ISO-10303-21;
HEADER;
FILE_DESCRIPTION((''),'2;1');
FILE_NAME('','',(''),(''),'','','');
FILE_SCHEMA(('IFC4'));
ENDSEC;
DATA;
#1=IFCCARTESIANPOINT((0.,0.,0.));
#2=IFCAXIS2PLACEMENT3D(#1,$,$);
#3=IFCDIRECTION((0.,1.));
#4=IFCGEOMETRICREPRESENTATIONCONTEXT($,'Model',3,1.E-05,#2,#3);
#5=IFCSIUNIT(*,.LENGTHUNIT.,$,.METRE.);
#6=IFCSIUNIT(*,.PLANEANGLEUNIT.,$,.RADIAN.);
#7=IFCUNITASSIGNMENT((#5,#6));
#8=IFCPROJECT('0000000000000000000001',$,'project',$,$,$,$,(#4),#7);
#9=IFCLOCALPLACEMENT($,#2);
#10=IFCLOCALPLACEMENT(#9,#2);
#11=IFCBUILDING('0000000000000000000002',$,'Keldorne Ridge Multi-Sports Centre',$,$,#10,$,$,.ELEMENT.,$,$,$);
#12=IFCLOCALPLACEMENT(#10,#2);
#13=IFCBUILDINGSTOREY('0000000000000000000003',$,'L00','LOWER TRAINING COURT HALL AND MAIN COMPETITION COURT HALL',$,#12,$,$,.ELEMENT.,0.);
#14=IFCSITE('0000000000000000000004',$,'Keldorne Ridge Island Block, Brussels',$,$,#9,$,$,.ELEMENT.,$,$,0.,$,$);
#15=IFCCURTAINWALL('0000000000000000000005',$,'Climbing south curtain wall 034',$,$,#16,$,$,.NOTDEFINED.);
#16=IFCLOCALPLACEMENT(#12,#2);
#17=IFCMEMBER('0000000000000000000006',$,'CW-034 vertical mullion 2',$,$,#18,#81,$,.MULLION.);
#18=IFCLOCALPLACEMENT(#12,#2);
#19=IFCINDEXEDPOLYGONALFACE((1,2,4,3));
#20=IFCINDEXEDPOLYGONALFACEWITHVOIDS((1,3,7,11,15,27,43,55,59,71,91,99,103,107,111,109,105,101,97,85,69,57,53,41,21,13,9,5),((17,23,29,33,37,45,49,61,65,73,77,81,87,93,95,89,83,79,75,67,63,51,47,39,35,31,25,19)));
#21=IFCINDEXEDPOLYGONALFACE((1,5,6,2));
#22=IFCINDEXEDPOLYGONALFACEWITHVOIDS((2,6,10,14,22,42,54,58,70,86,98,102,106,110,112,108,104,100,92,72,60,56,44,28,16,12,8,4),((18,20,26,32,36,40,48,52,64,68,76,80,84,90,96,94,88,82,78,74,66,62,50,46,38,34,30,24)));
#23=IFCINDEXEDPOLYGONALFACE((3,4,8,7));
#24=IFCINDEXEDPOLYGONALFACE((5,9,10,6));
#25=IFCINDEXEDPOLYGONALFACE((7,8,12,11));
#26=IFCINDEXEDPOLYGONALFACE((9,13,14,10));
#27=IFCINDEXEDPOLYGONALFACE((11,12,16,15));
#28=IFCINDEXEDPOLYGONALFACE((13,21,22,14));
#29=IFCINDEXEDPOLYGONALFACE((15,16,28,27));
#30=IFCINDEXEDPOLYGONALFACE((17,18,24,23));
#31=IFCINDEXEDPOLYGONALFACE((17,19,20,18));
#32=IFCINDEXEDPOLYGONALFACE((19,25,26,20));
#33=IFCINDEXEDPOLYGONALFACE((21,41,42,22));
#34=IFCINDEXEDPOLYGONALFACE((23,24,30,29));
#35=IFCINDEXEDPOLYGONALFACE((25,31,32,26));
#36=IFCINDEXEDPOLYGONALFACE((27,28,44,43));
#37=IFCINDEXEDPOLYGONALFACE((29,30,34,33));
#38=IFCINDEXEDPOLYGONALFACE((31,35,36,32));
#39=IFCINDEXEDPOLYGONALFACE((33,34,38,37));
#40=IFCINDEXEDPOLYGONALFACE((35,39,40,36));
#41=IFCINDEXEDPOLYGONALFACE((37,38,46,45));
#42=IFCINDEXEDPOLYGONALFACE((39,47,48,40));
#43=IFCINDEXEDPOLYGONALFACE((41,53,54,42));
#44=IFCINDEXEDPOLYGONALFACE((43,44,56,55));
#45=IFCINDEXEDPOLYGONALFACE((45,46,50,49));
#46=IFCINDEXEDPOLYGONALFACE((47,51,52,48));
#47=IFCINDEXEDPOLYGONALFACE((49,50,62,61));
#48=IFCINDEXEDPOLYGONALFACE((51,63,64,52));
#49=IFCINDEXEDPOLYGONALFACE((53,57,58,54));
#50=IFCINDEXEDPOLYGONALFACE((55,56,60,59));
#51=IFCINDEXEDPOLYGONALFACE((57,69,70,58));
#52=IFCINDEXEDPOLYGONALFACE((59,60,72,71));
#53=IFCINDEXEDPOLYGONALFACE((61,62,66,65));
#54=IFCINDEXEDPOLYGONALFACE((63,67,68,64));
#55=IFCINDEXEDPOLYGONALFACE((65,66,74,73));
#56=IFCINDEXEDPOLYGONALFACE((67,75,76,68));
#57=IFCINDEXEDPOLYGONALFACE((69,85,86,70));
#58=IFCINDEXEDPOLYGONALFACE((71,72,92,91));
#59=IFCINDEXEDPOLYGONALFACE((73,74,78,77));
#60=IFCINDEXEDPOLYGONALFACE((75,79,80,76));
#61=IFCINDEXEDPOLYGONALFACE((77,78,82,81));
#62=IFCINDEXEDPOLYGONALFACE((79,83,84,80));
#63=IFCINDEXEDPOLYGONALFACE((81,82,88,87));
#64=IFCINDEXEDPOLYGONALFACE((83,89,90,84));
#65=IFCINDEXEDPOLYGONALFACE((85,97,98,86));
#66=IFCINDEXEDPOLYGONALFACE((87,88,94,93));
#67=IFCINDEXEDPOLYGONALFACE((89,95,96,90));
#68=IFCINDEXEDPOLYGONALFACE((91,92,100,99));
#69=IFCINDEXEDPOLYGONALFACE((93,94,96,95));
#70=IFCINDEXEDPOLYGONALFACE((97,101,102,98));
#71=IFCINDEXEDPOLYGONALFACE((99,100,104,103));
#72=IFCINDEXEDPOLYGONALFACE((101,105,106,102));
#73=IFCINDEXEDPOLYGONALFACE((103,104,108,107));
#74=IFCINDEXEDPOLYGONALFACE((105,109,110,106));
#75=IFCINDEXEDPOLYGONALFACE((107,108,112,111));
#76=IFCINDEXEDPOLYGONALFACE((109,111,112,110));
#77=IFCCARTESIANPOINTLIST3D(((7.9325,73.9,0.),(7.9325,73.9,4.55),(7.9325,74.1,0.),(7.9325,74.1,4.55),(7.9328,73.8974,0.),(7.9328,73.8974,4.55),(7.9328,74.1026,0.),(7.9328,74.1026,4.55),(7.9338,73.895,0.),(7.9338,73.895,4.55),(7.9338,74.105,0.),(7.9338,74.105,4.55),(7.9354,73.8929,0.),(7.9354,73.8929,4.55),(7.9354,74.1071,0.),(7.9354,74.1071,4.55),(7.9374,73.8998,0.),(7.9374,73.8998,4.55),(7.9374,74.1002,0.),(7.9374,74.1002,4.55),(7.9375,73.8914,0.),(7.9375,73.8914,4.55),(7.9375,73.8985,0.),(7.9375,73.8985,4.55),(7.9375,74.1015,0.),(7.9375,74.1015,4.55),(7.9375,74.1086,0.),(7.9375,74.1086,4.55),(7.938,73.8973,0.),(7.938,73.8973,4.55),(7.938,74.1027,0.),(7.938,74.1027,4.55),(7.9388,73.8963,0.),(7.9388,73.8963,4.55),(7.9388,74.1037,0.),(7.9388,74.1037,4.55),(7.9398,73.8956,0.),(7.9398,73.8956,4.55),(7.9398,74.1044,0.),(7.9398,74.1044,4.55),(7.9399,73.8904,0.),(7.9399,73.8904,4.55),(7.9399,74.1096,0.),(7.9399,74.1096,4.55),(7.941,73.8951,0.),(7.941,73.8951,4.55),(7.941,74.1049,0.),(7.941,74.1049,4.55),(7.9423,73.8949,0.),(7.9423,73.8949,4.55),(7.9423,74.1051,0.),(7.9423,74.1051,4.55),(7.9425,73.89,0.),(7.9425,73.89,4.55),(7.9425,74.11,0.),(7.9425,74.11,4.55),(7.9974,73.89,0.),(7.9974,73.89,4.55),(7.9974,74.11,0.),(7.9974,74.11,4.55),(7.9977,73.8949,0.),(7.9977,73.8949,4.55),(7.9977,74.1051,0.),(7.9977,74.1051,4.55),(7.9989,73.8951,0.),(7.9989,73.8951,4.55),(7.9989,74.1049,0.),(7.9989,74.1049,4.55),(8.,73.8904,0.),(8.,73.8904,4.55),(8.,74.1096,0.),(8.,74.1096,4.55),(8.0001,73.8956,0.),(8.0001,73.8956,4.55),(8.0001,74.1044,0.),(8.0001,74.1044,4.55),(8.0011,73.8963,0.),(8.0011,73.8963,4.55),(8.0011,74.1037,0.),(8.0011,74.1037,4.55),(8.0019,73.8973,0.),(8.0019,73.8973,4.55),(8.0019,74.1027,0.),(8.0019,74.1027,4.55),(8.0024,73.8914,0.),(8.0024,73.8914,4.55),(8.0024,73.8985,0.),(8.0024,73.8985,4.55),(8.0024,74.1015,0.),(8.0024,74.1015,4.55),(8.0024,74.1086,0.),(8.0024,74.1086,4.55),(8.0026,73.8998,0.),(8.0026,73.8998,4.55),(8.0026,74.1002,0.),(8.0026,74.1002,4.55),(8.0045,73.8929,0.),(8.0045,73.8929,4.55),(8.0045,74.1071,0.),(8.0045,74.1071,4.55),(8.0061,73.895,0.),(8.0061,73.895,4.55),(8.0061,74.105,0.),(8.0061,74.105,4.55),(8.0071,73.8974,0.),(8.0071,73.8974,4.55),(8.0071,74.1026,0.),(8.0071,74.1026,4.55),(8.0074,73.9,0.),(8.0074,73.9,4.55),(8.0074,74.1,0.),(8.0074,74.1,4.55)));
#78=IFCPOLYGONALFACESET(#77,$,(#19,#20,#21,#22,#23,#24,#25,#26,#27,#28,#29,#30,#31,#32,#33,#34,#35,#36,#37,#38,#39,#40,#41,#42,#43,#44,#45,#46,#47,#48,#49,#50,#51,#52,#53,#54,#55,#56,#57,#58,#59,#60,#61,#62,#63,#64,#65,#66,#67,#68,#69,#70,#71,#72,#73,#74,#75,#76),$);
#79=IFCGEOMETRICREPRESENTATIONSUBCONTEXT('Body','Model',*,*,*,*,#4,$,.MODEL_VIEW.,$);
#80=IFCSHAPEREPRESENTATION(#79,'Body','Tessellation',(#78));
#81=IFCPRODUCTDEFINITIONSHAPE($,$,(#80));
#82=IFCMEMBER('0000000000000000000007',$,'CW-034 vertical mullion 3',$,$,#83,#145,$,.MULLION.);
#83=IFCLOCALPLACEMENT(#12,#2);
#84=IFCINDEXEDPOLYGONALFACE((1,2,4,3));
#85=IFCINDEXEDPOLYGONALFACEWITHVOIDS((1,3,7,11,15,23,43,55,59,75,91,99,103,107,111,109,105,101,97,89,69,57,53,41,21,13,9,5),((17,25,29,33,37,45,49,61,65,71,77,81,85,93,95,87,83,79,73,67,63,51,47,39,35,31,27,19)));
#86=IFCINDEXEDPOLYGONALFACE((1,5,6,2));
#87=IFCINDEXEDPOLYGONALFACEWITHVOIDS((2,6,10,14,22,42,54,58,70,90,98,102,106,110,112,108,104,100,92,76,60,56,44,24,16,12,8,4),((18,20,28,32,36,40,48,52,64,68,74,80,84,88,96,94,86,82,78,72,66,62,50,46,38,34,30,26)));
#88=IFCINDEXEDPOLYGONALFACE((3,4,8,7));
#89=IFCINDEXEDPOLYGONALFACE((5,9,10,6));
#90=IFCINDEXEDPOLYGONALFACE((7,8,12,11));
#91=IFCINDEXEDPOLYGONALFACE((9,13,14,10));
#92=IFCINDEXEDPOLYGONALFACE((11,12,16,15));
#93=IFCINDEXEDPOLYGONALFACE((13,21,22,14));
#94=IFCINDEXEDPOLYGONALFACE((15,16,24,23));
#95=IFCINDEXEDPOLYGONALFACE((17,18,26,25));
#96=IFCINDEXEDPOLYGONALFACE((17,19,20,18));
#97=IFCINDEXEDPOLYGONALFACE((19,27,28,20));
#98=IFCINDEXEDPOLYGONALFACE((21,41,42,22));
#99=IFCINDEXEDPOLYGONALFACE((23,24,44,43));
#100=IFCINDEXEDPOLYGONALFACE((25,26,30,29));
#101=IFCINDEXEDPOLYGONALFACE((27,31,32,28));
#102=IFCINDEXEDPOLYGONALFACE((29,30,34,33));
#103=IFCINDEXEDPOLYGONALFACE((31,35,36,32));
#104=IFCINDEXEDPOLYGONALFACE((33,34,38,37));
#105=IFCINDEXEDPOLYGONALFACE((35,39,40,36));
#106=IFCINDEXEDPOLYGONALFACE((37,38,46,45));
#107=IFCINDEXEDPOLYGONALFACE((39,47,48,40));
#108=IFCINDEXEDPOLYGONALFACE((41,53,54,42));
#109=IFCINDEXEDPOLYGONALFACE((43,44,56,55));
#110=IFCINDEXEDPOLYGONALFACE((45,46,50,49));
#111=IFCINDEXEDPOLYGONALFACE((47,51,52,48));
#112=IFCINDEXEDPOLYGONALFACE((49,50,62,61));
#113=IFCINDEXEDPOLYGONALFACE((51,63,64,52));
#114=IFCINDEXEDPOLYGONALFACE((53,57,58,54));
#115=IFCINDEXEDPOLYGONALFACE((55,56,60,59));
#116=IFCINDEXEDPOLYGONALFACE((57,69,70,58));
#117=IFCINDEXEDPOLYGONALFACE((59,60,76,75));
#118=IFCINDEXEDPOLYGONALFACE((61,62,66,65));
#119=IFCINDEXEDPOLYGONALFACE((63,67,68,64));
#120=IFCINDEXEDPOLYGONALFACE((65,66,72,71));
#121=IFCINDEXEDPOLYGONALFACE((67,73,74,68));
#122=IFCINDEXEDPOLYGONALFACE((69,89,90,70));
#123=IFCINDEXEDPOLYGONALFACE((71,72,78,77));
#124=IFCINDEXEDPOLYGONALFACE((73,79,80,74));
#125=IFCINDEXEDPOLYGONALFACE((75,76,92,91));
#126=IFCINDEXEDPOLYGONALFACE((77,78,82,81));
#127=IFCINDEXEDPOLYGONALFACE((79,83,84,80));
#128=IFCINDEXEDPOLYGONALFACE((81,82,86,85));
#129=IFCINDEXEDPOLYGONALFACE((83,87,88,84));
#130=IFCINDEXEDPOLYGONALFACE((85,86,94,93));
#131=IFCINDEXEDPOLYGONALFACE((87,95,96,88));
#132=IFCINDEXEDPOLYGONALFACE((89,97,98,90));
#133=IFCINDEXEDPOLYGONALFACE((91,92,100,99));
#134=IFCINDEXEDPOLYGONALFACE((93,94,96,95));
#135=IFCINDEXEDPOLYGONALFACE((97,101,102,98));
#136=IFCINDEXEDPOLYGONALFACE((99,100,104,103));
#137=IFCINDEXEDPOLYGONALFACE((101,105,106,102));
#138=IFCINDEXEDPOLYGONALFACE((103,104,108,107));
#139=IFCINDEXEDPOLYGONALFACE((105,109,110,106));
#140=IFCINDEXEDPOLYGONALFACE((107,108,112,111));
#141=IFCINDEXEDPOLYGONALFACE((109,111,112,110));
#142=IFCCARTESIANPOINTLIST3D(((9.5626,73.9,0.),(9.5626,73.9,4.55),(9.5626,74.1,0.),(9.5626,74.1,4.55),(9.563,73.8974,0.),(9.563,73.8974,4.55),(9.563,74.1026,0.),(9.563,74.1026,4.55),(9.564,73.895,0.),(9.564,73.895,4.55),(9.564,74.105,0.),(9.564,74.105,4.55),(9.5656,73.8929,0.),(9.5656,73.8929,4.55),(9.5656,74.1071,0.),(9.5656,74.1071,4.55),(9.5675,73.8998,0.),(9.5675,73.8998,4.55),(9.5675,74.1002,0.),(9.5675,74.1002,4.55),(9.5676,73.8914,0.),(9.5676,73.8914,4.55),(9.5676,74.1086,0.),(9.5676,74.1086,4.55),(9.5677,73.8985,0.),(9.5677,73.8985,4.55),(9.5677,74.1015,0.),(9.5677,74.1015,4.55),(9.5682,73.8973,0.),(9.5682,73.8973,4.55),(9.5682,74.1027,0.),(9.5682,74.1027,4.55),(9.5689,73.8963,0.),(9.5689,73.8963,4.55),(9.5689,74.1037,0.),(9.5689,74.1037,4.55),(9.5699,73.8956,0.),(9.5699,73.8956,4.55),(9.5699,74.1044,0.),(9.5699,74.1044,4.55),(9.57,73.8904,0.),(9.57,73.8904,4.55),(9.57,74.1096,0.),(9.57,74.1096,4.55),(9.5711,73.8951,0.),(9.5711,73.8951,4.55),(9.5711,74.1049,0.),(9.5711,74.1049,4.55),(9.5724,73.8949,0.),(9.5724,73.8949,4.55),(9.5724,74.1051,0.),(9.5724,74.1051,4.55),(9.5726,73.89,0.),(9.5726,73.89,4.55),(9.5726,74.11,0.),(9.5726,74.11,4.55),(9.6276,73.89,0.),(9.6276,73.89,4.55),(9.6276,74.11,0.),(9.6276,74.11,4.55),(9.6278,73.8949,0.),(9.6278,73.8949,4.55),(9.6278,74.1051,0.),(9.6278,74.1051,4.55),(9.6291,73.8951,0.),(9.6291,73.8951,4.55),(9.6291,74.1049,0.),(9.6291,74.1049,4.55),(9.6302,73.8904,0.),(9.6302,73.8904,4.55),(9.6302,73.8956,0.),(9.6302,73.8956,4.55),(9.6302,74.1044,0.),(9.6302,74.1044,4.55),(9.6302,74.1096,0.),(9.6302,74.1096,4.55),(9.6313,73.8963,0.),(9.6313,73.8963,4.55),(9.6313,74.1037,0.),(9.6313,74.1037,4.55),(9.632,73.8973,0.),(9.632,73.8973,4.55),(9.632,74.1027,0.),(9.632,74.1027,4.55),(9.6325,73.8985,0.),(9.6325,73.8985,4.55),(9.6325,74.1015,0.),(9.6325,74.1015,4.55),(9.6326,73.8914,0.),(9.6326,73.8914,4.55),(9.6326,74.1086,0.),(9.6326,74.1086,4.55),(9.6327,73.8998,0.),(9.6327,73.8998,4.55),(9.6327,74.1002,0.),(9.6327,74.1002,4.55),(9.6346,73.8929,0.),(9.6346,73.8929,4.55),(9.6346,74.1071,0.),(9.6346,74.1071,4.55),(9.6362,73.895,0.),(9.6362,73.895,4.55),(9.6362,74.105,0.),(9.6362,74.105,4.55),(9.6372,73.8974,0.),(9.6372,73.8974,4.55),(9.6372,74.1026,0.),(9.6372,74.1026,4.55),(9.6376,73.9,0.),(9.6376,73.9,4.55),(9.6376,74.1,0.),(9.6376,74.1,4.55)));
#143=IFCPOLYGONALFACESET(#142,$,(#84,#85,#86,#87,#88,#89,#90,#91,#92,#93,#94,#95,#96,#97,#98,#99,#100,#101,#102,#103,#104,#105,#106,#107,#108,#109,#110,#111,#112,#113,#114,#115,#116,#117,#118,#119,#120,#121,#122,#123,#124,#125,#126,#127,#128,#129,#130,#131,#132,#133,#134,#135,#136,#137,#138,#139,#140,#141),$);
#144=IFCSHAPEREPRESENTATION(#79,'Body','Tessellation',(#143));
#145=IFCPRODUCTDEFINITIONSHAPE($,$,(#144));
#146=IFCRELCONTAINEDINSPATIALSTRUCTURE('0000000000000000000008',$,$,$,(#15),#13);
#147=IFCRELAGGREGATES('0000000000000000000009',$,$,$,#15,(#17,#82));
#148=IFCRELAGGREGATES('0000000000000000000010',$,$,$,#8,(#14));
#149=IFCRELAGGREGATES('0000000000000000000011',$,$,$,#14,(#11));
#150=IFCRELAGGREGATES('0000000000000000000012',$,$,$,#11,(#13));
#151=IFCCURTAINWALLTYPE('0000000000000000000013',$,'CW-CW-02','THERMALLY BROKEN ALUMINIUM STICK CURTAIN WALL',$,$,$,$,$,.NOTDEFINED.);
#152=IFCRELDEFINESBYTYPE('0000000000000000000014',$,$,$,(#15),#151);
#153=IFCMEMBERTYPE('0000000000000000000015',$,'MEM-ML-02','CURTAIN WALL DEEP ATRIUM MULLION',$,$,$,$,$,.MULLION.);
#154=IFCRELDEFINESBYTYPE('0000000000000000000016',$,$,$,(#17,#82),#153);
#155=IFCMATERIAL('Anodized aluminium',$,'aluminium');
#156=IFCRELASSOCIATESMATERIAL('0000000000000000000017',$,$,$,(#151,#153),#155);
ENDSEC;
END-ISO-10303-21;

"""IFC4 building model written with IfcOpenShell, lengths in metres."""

from ifc_helpers import new_model, si_unit, direction, frame, origin, origin_2d, place, context, subcontext, project, spatial, hollow_rectangle, extrude, material, material_profile, profile_set, type_object, element, aggregate, save


model = new_model("IFC4")

# Units and contexts
model_context = context("Model", 3, precision=1e-05, world=origin(), true_north=direction((0.0, 1.0)))
body_context = subcontext(model_context, "Body", "Model", "MODEL_VIEW")
ifc_project = project(units=[si_unit("LENGTHUNIT", "METRE"), si_unit("PLANEANGLEUNIT", "RADIAN")], contexts=[model_context])

# Site, building, storey
site_placement = place(None, origin())
site = spatial("IfcSite", under=ifc_project, at=site_placement, Name="Keldorne Ridge Island Block, Brussels", CompositionType="ELEMENT", RefElevation=0.0)
building_placement = place(site_placement, origin())
building = spatial("IfcBuilding", under=site, at=building_placement, Name="Keldorne Ridge Multi-Sports Centre", CompositionType="ELEMENT")
storey_placement = place(building_placement, origin())
storey = spatial("IfcBuildingStorey", under=building, at=storey_placement, Name="L00", Description="LOWER TRAINING COURT HALL AND MAIN COMPETITION COURT HALL", CompositionType="ELEMENT", Elevation=0.0)

# Curtain wall, members
ifc_material_1 = material(Name="Anodized aluminium", Category="aluminium")
curtain_wall_type = type_object("IfcCurtainWallType", Name="CW-CW-02", Description="THERMALLY BROKEN ALUMINIUM STICK CURTAIN WALL", PredefinedType="NOTDEFINED", material=ifc_material_1)
curtain_wall_placement = place(storey_placement, origin())
curtain_wall = element("IfcCurtainWall", 1, at=curtain_wall_placement, inside=storey, type_object=curtain_wall_type, Name="Climbing south curtain wall 034", PredefinedType="NOTDEFINED")
ifc_material_profile_1 = material_profile(ifc_material_1, hollow_rectangle(XDim=0.075, YDim=0.22, WallThickness=0.0049, InnerFilletRadius=0.0049, OuterFilletRadius=0.01, at=origin_2d()), Name="ALU MULLION 220x75x5")
ifc_profile_set_1 = profile_set([ifc_material_profile_1], Name="Anodized aluminium")
member_type_1 = type_object("IfcMemberType", Name="MEM-ML-02", Description="CURTAIN WALL DEEP ATRIUM MULLION", PredefinedType="MULLION", material=ifc_profile_set_1)
member_1_placement = place(storey_placement, frame((7.97, 74.0, 0.0), z_axis=(0.0, 0.0, 1.0), x_axis=(1.0, 0.0, 0.0)))
member_1 = element("IfcMember", 2, at=member_1_placement, type_object=member_type_1, Name="CW-034 vertical mullion 2", PredefinedType="MULLION", context=body_context, shape_type="SweptSolid", body=[
    extrude(hollow_rectangle(XDim=0.075, YDim=0.22, WallThickness=0.0049, InnerFilletRadius=0.0049, OuterFilletRadius=0.01, at=origin_2d()), origin(), (0.0, 0.0, 1.0), 4.55),
])
member_2_placement = place(storey_placement, frame((9.6001, 74.0, 0.0), z_axis=(0.0, 0.0, 1.0), x_axis=(1.0, 0.0, 0.0)))
member_2 = element("IfcMember", 3, at=member_2_placement, type_object=member_type_1, Name="CW-034 vertical mullion 3", PredefinedType="MULLION", context=body_context, shape_type="SweptSolid", body=[
    extrude(hollow_rectangle(XDim=0.075, YDim=0.22, WallThickness=0.0049, InnerFilletRadius=0.0049, OuterFilletRadius=0.01, at=origin_2d()), origin(), (0.0, 0.0, 1.0), 4.55),
])
aggregate(curtain_wall, [member_1, member_2])

save(model, "model.ifc")
